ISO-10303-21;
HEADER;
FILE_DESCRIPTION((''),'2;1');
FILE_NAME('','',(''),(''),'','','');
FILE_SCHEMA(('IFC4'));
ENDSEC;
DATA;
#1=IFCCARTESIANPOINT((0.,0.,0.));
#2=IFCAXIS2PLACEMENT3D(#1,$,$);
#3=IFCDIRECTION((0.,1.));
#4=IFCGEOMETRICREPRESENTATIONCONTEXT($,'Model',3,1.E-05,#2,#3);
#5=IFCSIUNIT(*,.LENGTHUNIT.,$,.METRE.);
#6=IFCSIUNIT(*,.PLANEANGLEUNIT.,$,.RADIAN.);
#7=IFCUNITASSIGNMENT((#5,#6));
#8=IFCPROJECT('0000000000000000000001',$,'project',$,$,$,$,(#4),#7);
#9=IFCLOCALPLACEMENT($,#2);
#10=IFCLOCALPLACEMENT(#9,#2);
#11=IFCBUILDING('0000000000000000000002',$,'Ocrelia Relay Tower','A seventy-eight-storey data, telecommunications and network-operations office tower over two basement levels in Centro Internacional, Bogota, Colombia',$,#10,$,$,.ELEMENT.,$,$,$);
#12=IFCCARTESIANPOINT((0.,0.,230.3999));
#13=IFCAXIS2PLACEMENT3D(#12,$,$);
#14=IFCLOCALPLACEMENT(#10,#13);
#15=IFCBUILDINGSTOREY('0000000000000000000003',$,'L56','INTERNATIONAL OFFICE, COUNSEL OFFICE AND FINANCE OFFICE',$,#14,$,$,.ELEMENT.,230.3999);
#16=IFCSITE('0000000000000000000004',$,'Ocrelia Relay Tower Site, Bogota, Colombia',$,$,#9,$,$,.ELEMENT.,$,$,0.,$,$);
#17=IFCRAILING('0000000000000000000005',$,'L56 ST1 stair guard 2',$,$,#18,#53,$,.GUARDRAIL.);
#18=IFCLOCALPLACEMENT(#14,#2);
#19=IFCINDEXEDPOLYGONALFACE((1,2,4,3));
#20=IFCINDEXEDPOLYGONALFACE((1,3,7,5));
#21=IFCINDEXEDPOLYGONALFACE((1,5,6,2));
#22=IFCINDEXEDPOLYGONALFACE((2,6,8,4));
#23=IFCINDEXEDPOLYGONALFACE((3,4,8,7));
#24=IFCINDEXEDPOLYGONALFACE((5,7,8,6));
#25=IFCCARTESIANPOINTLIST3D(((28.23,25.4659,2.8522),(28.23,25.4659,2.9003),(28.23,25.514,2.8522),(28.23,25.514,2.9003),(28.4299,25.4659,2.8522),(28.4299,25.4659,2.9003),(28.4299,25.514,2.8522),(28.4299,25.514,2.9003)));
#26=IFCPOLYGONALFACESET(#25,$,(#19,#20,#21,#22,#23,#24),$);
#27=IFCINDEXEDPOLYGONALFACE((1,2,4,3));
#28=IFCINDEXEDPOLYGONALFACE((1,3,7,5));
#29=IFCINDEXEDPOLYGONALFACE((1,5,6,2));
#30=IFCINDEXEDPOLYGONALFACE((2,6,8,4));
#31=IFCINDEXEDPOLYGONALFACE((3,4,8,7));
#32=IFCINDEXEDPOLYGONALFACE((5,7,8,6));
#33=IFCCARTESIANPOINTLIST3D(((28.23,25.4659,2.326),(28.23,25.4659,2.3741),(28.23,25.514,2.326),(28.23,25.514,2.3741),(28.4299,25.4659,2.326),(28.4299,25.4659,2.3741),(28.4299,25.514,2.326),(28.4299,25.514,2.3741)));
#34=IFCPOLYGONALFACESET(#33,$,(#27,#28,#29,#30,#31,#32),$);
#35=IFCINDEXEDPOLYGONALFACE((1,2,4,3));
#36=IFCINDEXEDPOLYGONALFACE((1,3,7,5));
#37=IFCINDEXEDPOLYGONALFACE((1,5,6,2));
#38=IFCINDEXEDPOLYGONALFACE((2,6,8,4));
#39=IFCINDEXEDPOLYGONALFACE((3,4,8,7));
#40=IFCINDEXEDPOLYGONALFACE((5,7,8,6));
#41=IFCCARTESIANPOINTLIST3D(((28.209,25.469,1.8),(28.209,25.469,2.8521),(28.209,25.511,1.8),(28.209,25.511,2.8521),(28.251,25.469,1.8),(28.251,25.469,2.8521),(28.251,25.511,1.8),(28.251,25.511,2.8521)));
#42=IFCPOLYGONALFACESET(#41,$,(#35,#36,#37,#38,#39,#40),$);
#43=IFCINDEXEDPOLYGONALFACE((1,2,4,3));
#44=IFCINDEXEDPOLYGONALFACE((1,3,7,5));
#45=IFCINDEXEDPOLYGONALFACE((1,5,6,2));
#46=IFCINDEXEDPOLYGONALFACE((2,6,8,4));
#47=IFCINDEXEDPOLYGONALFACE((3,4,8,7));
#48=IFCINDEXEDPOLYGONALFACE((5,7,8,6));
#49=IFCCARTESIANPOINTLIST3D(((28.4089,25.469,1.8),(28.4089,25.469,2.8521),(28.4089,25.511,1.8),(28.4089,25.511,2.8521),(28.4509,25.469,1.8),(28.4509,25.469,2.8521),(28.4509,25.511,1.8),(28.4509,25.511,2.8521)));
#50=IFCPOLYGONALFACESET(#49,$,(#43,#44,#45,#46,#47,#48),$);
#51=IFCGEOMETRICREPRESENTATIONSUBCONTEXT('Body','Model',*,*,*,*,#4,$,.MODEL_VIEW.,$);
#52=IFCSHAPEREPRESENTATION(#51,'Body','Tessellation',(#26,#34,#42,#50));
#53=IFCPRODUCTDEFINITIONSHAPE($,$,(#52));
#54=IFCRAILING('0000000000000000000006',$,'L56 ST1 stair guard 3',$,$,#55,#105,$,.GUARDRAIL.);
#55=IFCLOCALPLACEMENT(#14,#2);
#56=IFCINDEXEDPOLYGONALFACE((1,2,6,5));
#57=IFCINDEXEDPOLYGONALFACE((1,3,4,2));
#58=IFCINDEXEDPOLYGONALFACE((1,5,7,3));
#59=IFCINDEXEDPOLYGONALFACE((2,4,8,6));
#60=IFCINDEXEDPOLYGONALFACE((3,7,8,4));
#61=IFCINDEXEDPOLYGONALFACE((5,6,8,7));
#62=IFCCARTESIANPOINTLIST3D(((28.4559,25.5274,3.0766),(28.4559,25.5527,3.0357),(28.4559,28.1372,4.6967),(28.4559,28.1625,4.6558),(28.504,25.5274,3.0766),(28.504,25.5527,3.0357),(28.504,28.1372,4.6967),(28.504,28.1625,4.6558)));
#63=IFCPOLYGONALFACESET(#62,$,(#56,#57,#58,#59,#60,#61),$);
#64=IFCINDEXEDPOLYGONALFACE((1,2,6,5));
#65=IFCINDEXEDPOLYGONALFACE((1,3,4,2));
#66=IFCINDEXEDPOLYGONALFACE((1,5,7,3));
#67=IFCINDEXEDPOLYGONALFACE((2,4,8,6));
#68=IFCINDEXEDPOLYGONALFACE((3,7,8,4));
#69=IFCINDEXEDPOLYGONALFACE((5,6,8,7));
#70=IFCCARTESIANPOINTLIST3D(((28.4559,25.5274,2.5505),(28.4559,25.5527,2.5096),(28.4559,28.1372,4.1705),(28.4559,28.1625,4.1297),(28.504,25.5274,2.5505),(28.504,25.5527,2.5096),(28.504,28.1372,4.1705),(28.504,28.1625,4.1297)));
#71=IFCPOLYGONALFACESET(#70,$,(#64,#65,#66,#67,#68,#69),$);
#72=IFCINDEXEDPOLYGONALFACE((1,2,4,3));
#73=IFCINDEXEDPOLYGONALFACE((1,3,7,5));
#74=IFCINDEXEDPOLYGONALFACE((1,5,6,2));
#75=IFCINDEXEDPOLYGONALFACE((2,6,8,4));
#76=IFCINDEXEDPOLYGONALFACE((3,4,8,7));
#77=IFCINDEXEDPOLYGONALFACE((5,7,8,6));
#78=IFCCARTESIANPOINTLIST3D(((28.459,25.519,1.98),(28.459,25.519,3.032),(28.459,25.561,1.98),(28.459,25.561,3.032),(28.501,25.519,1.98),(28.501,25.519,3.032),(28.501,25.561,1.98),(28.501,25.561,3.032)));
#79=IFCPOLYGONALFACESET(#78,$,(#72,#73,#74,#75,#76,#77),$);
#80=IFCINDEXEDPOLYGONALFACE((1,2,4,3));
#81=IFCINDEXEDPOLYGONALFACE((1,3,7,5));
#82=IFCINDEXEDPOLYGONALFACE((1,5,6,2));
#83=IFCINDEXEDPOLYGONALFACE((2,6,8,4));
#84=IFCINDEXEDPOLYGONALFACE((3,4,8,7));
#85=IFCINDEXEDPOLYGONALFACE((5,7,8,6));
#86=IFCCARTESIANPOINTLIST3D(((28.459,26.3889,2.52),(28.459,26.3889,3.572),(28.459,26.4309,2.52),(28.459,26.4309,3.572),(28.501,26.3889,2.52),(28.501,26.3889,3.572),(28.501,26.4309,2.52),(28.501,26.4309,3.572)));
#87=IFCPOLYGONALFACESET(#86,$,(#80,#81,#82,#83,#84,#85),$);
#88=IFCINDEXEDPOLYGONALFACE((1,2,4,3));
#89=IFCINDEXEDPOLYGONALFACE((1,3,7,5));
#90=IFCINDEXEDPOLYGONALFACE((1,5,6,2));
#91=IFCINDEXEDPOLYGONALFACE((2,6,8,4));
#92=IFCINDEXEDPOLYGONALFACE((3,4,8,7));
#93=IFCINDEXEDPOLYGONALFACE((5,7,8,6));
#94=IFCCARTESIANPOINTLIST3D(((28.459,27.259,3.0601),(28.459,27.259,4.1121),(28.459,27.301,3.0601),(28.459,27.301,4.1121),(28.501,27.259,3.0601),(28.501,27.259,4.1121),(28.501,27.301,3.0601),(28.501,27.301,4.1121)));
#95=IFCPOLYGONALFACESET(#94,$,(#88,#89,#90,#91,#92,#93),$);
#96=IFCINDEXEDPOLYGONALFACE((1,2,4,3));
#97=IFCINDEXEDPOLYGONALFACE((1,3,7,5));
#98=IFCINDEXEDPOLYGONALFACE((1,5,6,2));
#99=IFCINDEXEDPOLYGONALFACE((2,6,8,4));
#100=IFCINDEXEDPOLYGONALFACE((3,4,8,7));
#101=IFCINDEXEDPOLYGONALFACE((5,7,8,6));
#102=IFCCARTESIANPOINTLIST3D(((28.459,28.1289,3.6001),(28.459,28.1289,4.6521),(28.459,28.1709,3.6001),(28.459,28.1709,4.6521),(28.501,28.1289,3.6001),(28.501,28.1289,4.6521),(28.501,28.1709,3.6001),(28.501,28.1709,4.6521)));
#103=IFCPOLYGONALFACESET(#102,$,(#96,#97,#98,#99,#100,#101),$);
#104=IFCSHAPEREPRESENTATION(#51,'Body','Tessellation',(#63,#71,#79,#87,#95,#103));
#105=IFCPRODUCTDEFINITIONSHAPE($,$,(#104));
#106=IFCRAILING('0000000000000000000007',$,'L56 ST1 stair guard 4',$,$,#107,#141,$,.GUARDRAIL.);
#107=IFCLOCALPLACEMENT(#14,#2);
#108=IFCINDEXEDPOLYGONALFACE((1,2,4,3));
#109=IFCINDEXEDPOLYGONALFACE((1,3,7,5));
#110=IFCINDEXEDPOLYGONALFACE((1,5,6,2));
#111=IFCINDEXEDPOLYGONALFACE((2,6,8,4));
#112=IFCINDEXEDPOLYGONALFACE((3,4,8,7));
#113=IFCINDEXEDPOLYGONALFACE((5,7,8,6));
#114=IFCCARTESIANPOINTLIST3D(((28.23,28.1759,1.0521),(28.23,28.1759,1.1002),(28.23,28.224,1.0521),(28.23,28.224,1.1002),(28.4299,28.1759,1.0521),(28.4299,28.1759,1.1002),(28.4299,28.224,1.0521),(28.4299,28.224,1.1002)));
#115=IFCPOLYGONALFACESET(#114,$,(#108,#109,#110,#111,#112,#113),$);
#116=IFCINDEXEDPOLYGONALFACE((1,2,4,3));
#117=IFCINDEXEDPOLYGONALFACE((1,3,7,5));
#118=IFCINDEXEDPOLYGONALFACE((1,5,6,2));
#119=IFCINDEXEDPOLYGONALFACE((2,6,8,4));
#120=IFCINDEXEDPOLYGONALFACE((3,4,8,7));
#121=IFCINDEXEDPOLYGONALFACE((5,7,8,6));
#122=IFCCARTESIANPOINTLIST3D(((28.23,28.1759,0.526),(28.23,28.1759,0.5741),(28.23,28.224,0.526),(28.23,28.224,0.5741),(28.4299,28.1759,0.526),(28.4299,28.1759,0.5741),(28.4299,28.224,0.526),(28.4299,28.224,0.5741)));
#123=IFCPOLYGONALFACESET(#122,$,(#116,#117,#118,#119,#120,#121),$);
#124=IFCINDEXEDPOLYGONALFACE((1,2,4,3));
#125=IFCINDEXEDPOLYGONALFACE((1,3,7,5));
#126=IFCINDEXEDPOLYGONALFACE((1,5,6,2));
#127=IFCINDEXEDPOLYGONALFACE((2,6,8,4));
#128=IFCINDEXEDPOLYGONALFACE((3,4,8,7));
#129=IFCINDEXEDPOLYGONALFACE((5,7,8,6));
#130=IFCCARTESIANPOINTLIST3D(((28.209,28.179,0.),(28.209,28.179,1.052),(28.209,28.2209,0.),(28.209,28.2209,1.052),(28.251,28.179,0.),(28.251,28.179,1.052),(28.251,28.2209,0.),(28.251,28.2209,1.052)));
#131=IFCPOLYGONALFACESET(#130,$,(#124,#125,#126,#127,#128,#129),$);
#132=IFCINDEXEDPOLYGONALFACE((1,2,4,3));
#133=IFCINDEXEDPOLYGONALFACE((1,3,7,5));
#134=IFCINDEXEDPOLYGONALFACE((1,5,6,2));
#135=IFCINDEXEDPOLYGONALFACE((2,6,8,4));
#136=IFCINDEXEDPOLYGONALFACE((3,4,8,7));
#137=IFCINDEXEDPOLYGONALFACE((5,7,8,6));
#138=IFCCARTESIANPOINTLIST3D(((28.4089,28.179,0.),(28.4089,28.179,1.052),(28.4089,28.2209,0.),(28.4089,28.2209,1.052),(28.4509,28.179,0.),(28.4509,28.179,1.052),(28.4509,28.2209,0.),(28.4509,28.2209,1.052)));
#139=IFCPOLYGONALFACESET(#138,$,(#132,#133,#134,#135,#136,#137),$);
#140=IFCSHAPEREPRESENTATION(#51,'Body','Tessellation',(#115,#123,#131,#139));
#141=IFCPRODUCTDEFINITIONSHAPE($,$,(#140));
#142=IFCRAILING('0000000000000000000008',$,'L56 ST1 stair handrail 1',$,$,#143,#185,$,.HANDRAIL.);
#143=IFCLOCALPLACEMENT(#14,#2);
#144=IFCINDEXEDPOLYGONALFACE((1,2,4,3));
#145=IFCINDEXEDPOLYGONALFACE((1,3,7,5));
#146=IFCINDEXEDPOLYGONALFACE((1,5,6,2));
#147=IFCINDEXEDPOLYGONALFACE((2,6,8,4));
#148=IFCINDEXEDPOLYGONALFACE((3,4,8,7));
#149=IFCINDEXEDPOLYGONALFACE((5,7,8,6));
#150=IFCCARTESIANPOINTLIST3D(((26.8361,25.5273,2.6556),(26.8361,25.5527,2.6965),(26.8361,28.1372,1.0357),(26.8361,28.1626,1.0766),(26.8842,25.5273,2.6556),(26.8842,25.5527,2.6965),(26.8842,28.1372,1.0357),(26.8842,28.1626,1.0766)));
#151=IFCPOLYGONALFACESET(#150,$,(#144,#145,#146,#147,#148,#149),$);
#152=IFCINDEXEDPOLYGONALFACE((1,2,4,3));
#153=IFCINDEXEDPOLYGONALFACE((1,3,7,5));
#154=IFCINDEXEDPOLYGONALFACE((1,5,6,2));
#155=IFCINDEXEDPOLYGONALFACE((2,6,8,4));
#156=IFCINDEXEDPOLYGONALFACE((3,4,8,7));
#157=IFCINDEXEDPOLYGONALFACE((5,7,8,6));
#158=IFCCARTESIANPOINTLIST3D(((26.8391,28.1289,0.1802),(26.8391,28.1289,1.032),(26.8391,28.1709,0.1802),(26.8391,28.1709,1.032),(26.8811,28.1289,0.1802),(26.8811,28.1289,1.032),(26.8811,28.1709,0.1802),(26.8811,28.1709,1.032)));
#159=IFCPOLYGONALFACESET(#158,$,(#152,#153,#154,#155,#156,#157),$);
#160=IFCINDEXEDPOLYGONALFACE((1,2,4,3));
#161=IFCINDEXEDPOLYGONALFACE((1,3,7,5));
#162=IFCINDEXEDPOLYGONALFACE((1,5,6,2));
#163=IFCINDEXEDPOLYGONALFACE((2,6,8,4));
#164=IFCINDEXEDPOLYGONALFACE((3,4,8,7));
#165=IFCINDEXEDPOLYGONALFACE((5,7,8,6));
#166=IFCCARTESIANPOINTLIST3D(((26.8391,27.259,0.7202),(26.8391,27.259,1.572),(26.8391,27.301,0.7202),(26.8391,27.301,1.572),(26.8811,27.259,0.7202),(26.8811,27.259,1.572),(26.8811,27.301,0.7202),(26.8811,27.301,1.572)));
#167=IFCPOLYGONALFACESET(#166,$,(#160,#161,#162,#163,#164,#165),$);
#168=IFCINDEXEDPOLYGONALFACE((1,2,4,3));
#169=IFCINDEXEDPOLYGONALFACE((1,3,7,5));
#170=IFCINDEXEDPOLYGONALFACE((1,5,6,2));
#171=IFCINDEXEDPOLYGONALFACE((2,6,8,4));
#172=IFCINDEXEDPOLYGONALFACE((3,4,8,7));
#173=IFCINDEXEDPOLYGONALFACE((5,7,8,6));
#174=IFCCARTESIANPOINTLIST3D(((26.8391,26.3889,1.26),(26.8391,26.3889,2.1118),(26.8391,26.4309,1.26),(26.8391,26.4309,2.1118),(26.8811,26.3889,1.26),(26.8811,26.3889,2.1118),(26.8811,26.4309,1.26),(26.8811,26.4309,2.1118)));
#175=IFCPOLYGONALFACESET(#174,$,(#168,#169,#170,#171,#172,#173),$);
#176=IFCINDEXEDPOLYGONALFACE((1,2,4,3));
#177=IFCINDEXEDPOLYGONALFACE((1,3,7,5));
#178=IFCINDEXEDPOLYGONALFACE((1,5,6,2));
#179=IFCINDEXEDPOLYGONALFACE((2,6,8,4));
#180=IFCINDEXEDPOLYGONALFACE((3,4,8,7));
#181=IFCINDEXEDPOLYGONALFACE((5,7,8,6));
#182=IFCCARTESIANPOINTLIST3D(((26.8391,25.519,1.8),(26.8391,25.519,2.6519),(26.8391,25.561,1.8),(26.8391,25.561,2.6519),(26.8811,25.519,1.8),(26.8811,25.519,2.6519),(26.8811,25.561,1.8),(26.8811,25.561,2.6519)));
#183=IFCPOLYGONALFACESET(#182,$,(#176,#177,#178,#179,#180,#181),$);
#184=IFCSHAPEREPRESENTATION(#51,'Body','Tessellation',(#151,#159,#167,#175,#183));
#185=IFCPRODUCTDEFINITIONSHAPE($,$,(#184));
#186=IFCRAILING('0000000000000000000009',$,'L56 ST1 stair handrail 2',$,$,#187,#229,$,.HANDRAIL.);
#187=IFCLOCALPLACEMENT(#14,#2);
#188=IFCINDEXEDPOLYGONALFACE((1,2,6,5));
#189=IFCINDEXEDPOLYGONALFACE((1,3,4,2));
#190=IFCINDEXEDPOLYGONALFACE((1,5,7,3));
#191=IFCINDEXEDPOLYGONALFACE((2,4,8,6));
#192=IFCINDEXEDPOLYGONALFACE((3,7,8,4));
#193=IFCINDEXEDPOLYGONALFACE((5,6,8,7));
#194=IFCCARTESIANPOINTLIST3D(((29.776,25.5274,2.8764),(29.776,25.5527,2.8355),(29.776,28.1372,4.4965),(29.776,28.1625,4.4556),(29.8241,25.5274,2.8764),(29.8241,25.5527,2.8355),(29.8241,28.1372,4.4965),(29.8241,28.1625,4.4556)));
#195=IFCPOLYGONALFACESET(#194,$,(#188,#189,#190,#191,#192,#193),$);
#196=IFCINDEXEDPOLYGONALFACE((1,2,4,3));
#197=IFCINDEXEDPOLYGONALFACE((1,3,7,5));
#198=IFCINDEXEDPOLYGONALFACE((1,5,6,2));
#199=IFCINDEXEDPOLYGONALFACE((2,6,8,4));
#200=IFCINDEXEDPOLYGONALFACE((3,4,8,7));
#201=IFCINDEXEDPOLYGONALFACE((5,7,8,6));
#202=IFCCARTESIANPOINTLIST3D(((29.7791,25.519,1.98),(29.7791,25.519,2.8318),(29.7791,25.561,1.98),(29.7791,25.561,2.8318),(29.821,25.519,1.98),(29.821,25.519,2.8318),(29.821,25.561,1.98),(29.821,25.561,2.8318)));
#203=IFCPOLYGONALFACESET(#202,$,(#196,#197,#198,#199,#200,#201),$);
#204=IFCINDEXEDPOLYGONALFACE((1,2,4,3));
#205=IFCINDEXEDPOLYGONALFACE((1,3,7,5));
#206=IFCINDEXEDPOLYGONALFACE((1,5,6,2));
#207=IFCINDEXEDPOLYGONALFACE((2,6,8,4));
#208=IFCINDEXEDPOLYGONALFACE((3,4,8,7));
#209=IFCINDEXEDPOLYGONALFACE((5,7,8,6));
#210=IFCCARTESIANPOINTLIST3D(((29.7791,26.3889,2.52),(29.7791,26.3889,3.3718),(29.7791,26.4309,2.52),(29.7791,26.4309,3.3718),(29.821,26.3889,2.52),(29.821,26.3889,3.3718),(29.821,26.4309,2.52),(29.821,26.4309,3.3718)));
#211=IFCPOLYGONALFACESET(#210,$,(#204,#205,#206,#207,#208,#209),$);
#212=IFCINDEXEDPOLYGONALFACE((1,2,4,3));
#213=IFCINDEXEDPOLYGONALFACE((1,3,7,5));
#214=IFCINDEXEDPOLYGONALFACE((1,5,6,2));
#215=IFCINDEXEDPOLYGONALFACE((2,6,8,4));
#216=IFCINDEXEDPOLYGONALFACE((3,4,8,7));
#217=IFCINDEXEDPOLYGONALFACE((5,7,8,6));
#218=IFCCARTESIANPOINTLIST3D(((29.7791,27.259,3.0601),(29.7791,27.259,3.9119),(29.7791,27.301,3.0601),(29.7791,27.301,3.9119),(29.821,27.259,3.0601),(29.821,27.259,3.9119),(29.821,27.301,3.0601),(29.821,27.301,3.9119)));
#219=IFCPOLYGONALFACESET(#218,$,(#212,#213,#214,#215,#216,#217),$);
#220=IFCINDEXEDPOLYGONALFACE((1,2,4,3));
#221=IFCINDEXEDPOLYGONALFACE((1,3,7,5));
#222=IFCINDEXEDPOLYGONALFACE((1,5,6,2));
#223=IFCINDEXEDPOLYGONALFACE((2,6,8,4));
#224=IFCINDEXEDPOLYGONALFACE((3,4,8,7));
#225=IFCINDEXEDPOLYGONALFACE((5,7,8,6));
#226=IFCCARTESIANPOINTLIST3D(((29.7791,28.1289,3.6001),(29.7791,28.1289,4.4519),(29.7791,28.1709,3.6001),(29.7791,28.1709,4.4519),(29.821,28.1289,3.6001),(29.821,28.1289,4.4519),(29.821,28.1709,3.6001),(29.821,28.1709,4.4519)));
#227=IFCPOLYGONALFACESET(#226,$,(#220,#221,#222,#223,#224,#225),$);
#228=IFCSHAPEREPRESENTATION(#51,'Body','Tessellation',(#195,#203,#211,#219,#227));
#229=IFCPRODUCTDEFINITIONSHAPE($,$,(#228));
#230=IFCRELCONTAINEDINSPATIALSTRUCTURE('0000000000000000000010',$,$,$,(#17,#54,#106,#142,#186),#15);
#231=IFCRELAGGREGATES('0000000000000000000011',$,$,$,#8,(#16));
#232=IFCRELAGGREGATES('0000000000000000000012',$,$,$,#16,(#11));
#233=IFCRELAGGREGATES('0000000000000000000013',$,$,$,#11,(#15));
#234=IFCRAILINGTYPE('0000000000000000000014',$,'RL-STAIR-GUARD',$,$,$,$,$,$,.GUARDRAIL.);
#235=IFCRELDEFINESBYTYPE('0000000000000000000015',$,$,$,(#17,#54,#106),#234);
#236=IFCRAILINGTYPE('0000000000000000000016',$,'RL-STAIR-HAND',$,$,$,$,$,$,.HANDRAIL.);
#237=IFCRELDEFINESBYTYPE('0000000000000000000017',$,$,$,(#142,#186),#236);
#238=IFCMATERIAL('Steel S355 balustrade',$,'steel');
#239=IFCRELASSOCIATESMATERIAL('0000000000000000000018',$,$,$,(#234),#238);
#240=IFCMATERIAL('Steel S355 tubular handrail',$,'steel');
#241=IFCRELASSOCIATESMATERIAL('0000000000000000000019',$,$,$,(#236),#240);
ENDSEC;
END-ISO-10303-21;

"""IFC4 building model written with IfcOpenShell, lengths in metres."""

from ifc_helpers import new_model, si_unit, direction, frame, origin, origin_2d, place, context, subcontext, project, spatial, rectangle, extrude, material, type_object, element, save


model = new_model("IFC4")

# Units and contexts
model_context = context("Model", 3, precision=1e-05, world=origin(), true_north=direction((0.0, 1.0)))
body_context = subcontext(model_context, "Body", "Model", "MODEL_VIEW")
ifc_project = project(units=[si_unit("LENGTHUNIT", "METRE"), si_unit("PLANEANGLEUNIT", "RADIAN")], contexts=[model_context])

# Site, building, storey
site_placement = place(None, origin())
site = spatial("IfcSite", under=ifc_project, at=site_placement, Name="Ocrelia Relay Tower Site, Bogota, Colombia", CompositionType="ELEMENT", RefElevation=0.0)
building_placement = place(site_placement, origin())
building = spatial("IfcBuilding", under=site, at=building_placement, Name="Ocrelia Relay Tower", Description="A seventy-eight-storey data, telecommunications and network-operations office tower over two basement levels in Centro Internacional, Bogota, Colombia", CompositionType="ELEMENT")
storey_placement = place(building_placement, frame((0.0, 0.0, 230.3999)))
storey = spatial("IfcBuildingStorey", under=building, at=storey_placement, Name="L56", Description="INTERNATIONAL OFFICE, COUNSEL OFFICE AND FINANCE OFFICE", CompositionType="ELEMENT", Elevation=230.3999)

# Railings
ifc_material_1 = material(Name="Steel S355 balustrade", Category="steel")
railing_type_1 = type_object("IfcRailingType", Name="RL-STAIR-GUARD", PredefinedType="GUARDRAIL", material=ifc_material_1)
railing_1_placement = place(storey_placement, frame((28.23, 25.49, 1.8)))
element("IfcRailing", 1, at=railing_1_placement, inside=storey, type_object=railing_type_1, Name="L56 ST1 stair guard 2", PredefinedType="GUARDRAIL", context=body_context, shape_type="SweptSolid", body=[
    extrude(rectangle(XDim=0.0481, YDim=0.0481, at=origin_2d()), frame((0.0, 0.0, 1.0762), z_axis=(1.0, 0.0, 0.0), x_axis=(0.0, 1.0, 0.0)), (0.0, 0.0, 1.0), 0.2),
    extrude(rectangle(XDim=0.0481, YDim=0.0481, at=origin_2d()), frame((0.0, 0.0, 0.55), z_axis=(1.0, 0.0, 0.0), x_axis=(0.0, 1.0, 0.0)), (0.0, 0.0, 1.0), 0.2),
    extrude(rectangle(XDim=0.042, YDim=0.042, at=origin_2d()), origin(), (0.0, 0.0, 1.0), 1.052),
    extrude(rectangle(XDim=0.042, YDim=0.042, at=origin_2d()), frame((0.2, 0.0, 0.0)), (0.0, 0.0, 1.0), 1.052),
])
railing_2_placement = place(storey_placement, frame((28.48, 25.54, 1.98)))
element("IfcRailing", 2, at=railing_2_placement, inside=storey, type_object=railing_type_1, Name="L56 ST1 stair guard 3", PredefinedType="GUARDRAIL", context=body_context, shape_type="SweptSolid", body=[
    extrude(rectangle(XDim=0.0481, YDim=0.0481, at=origin_2d()), frame((0.0, 0.0, 1.0762), z_axis=(0.0, 0.849611, 0.52741), x_axis=(-1.0, 0.0, 0.0)), (0.0, 0.0, 1.0), 3.0718),
    extrude(rectangle(XDim=0.0481, YDim=0.0481, at=origin_2d()), frame((0.0, 0.0, 0.55), z_axis=(0.0, 0.849611, 0.52741), x_axis=(-1.0, 0.0, 0.0)), (0.0, 0.0, 1.0), 3.0718),
    extrude(rectangle(XDim=0.042, YDim=0.042, at=origin_2d()), origin(), (0.0, 0.0, 1.0), 1.052),
    extrude(rectangle(XDim=0.042, YDim=0.042, at=origin_2d()), frame((0.0, 0.8699, 0.54)), (0.0, 0.0, 1.0), 1.052),
    extrude(rectangle(XDim=0.042, YDim=0.042, at=origin_2d()), frame((0.0, 1.74, 1.0801)), (0.0, 0.0, 1.0), 1.052),
    extrude(rectangle(XDim=0.042, YDim=0.042, at=origin_2d()), frame((0.0, 2.6099, 1.6201)), (0.0, 0.0, 1.0), 1.052),
])
railing_3_placement = place(storey_placement, frame((28.23, 28.2, 0.0)))
element("IfcRailing", 3, at=railing_3_placement, inside=storey, type_object=railing_type_1, Name="L56 ST1 stair guard 4", PredefinedType="GUARDRAIL", context=body_context, shape_type="SweptSolid", body=[
    extrude(rectangle(XDim=0.0481, YDim=0.0481, at=origin_2d()), frame((0.0, 0.0, 1.0762), z_axis=(1.0, 0.0, 0.0), x_axis=(0.0, 1.0, 0.0)), (0.0, 0.0, 1.0), 0.2),
    extrude(rectangle(XDim=0.0481, YDim=0.0481, at=origin_2d()), frame((0.0, 0.0, 0.55), z_axis=(1.0, 0.0, 0.0), x_axis=(0.0, 1.0, 0.0)), (0.0, 0.0, 1.0), 0.2),
    extrude(rectangle(XDim=0.042, YDim=0.042, at=origin_2d()), origin(), (0.0, 0.0, 1.0), 1.052),
    extrude(rectangle(XDim=0.042, YDim=0.042, at=origin_2d()), frame((0.2, 0.0, 0.0)), (0.0, 0.0, 1.0), 1.052),
])
ifc_material_2 = material(Name="Steel S355 tubular handrail", Category="steel")
railing_type_2 = type_object("IfcRailingType", Name="RL-STAIR-HAND", PredefinedType="HANDRAIL", material=ifc_material_2)
railing_4_placement = place(storey_placement, frame((26.8601, 28.1499, 0.1802)))
element("IfcRailing", 4, at=railing_4_placement, inside=storey, type_object=railing_type_2, Name="L56 ST1 stair handrail 1", PredefinedType="HANDRAIL", context=body_context, shape_type="SweptSolid", body=[
    extrude(rectangle(XDim=0.0481, YDim=0.0481, at=origin_2d()), frame((0.0, 0.0, 0.876), z_axis=(0.0, -0.849646, 0.527353), x_axis=(1.0, 0.0, 0.0)), (0.0, 0.0, 1.0), 3.0718),
    extrude(rectangle(XDim=0.042, YDim=0.042, at=origin_2d()), origin(), (0.0, 0.0, 1.0), 0.8518),
    extrude(rectangle(XDim=0.042, YDim=0.042, at=origin_2d()), frame((0.0, -0.8699, 0.54)), (0.0, 0.0, 1.0), 0.8518),
    extrude(rectangle(XDim=0.042, YDim=0.042, at=origin_2d()), frame((0.0, -1.74, 1.0798)), (0.0, 0.0, 1.0), 0.8518),
    extrude(rectangle(XDim=0.042, YDim=0.042, at=origin_2d()), frame((0.0, -2.6099, 1.6199)), (0.0, 0.0, 1.0), 0.8518),
])
railing_5_placement = place(storey_placement, frame((29.8, 25.54, 1.98)))
element("IfcRailing", 5, at=railing_5_placement, inside=storey, type_object=railing_type_2, Name="L56 ST1 stair handrail 2", PredefinedType="HANDRAIL", context=body_context, shape_type="SweptSolid", body=[
    extrude(rectangle(XDim=0.0481, YDim=0.0481, at=origin_2d()), frame((0.0, 0.0, 0.876), z_axis=(0.0, 0.849611, 0.52741), x_axis=(-1.0, 0.0, 0.0)), (0.0, 0.0, 1.0), 3.0718),
    extrude(rectangle(XDim=0.042, YDim=0.042, at=origin_2d()), origin(), (0.0, 0.0, 1.0), 0.8518),
    extrude(rectangle(XDim=0.042, YDim=0.042, at=origin_2d()), frame((0.0, 0.8699, 0.54)), (0.0, 0.0, 1.0), 0.8518),
    extrude(rectangle(XDim=0.042, YDim=0.042, at=origin_2d()), frame((0.0, 1.74, 1.0801)), (0.0, 0.0, 1.0), 0.8518),
    extrude(rectangle(XDim=0.042, YDim=0.042, at=origin_2d()), frame((0.0, 2.6099, 1.6201)), (0.0, 0.0, 1.0), 0.8518),
])

save(model, "model.ifc")
